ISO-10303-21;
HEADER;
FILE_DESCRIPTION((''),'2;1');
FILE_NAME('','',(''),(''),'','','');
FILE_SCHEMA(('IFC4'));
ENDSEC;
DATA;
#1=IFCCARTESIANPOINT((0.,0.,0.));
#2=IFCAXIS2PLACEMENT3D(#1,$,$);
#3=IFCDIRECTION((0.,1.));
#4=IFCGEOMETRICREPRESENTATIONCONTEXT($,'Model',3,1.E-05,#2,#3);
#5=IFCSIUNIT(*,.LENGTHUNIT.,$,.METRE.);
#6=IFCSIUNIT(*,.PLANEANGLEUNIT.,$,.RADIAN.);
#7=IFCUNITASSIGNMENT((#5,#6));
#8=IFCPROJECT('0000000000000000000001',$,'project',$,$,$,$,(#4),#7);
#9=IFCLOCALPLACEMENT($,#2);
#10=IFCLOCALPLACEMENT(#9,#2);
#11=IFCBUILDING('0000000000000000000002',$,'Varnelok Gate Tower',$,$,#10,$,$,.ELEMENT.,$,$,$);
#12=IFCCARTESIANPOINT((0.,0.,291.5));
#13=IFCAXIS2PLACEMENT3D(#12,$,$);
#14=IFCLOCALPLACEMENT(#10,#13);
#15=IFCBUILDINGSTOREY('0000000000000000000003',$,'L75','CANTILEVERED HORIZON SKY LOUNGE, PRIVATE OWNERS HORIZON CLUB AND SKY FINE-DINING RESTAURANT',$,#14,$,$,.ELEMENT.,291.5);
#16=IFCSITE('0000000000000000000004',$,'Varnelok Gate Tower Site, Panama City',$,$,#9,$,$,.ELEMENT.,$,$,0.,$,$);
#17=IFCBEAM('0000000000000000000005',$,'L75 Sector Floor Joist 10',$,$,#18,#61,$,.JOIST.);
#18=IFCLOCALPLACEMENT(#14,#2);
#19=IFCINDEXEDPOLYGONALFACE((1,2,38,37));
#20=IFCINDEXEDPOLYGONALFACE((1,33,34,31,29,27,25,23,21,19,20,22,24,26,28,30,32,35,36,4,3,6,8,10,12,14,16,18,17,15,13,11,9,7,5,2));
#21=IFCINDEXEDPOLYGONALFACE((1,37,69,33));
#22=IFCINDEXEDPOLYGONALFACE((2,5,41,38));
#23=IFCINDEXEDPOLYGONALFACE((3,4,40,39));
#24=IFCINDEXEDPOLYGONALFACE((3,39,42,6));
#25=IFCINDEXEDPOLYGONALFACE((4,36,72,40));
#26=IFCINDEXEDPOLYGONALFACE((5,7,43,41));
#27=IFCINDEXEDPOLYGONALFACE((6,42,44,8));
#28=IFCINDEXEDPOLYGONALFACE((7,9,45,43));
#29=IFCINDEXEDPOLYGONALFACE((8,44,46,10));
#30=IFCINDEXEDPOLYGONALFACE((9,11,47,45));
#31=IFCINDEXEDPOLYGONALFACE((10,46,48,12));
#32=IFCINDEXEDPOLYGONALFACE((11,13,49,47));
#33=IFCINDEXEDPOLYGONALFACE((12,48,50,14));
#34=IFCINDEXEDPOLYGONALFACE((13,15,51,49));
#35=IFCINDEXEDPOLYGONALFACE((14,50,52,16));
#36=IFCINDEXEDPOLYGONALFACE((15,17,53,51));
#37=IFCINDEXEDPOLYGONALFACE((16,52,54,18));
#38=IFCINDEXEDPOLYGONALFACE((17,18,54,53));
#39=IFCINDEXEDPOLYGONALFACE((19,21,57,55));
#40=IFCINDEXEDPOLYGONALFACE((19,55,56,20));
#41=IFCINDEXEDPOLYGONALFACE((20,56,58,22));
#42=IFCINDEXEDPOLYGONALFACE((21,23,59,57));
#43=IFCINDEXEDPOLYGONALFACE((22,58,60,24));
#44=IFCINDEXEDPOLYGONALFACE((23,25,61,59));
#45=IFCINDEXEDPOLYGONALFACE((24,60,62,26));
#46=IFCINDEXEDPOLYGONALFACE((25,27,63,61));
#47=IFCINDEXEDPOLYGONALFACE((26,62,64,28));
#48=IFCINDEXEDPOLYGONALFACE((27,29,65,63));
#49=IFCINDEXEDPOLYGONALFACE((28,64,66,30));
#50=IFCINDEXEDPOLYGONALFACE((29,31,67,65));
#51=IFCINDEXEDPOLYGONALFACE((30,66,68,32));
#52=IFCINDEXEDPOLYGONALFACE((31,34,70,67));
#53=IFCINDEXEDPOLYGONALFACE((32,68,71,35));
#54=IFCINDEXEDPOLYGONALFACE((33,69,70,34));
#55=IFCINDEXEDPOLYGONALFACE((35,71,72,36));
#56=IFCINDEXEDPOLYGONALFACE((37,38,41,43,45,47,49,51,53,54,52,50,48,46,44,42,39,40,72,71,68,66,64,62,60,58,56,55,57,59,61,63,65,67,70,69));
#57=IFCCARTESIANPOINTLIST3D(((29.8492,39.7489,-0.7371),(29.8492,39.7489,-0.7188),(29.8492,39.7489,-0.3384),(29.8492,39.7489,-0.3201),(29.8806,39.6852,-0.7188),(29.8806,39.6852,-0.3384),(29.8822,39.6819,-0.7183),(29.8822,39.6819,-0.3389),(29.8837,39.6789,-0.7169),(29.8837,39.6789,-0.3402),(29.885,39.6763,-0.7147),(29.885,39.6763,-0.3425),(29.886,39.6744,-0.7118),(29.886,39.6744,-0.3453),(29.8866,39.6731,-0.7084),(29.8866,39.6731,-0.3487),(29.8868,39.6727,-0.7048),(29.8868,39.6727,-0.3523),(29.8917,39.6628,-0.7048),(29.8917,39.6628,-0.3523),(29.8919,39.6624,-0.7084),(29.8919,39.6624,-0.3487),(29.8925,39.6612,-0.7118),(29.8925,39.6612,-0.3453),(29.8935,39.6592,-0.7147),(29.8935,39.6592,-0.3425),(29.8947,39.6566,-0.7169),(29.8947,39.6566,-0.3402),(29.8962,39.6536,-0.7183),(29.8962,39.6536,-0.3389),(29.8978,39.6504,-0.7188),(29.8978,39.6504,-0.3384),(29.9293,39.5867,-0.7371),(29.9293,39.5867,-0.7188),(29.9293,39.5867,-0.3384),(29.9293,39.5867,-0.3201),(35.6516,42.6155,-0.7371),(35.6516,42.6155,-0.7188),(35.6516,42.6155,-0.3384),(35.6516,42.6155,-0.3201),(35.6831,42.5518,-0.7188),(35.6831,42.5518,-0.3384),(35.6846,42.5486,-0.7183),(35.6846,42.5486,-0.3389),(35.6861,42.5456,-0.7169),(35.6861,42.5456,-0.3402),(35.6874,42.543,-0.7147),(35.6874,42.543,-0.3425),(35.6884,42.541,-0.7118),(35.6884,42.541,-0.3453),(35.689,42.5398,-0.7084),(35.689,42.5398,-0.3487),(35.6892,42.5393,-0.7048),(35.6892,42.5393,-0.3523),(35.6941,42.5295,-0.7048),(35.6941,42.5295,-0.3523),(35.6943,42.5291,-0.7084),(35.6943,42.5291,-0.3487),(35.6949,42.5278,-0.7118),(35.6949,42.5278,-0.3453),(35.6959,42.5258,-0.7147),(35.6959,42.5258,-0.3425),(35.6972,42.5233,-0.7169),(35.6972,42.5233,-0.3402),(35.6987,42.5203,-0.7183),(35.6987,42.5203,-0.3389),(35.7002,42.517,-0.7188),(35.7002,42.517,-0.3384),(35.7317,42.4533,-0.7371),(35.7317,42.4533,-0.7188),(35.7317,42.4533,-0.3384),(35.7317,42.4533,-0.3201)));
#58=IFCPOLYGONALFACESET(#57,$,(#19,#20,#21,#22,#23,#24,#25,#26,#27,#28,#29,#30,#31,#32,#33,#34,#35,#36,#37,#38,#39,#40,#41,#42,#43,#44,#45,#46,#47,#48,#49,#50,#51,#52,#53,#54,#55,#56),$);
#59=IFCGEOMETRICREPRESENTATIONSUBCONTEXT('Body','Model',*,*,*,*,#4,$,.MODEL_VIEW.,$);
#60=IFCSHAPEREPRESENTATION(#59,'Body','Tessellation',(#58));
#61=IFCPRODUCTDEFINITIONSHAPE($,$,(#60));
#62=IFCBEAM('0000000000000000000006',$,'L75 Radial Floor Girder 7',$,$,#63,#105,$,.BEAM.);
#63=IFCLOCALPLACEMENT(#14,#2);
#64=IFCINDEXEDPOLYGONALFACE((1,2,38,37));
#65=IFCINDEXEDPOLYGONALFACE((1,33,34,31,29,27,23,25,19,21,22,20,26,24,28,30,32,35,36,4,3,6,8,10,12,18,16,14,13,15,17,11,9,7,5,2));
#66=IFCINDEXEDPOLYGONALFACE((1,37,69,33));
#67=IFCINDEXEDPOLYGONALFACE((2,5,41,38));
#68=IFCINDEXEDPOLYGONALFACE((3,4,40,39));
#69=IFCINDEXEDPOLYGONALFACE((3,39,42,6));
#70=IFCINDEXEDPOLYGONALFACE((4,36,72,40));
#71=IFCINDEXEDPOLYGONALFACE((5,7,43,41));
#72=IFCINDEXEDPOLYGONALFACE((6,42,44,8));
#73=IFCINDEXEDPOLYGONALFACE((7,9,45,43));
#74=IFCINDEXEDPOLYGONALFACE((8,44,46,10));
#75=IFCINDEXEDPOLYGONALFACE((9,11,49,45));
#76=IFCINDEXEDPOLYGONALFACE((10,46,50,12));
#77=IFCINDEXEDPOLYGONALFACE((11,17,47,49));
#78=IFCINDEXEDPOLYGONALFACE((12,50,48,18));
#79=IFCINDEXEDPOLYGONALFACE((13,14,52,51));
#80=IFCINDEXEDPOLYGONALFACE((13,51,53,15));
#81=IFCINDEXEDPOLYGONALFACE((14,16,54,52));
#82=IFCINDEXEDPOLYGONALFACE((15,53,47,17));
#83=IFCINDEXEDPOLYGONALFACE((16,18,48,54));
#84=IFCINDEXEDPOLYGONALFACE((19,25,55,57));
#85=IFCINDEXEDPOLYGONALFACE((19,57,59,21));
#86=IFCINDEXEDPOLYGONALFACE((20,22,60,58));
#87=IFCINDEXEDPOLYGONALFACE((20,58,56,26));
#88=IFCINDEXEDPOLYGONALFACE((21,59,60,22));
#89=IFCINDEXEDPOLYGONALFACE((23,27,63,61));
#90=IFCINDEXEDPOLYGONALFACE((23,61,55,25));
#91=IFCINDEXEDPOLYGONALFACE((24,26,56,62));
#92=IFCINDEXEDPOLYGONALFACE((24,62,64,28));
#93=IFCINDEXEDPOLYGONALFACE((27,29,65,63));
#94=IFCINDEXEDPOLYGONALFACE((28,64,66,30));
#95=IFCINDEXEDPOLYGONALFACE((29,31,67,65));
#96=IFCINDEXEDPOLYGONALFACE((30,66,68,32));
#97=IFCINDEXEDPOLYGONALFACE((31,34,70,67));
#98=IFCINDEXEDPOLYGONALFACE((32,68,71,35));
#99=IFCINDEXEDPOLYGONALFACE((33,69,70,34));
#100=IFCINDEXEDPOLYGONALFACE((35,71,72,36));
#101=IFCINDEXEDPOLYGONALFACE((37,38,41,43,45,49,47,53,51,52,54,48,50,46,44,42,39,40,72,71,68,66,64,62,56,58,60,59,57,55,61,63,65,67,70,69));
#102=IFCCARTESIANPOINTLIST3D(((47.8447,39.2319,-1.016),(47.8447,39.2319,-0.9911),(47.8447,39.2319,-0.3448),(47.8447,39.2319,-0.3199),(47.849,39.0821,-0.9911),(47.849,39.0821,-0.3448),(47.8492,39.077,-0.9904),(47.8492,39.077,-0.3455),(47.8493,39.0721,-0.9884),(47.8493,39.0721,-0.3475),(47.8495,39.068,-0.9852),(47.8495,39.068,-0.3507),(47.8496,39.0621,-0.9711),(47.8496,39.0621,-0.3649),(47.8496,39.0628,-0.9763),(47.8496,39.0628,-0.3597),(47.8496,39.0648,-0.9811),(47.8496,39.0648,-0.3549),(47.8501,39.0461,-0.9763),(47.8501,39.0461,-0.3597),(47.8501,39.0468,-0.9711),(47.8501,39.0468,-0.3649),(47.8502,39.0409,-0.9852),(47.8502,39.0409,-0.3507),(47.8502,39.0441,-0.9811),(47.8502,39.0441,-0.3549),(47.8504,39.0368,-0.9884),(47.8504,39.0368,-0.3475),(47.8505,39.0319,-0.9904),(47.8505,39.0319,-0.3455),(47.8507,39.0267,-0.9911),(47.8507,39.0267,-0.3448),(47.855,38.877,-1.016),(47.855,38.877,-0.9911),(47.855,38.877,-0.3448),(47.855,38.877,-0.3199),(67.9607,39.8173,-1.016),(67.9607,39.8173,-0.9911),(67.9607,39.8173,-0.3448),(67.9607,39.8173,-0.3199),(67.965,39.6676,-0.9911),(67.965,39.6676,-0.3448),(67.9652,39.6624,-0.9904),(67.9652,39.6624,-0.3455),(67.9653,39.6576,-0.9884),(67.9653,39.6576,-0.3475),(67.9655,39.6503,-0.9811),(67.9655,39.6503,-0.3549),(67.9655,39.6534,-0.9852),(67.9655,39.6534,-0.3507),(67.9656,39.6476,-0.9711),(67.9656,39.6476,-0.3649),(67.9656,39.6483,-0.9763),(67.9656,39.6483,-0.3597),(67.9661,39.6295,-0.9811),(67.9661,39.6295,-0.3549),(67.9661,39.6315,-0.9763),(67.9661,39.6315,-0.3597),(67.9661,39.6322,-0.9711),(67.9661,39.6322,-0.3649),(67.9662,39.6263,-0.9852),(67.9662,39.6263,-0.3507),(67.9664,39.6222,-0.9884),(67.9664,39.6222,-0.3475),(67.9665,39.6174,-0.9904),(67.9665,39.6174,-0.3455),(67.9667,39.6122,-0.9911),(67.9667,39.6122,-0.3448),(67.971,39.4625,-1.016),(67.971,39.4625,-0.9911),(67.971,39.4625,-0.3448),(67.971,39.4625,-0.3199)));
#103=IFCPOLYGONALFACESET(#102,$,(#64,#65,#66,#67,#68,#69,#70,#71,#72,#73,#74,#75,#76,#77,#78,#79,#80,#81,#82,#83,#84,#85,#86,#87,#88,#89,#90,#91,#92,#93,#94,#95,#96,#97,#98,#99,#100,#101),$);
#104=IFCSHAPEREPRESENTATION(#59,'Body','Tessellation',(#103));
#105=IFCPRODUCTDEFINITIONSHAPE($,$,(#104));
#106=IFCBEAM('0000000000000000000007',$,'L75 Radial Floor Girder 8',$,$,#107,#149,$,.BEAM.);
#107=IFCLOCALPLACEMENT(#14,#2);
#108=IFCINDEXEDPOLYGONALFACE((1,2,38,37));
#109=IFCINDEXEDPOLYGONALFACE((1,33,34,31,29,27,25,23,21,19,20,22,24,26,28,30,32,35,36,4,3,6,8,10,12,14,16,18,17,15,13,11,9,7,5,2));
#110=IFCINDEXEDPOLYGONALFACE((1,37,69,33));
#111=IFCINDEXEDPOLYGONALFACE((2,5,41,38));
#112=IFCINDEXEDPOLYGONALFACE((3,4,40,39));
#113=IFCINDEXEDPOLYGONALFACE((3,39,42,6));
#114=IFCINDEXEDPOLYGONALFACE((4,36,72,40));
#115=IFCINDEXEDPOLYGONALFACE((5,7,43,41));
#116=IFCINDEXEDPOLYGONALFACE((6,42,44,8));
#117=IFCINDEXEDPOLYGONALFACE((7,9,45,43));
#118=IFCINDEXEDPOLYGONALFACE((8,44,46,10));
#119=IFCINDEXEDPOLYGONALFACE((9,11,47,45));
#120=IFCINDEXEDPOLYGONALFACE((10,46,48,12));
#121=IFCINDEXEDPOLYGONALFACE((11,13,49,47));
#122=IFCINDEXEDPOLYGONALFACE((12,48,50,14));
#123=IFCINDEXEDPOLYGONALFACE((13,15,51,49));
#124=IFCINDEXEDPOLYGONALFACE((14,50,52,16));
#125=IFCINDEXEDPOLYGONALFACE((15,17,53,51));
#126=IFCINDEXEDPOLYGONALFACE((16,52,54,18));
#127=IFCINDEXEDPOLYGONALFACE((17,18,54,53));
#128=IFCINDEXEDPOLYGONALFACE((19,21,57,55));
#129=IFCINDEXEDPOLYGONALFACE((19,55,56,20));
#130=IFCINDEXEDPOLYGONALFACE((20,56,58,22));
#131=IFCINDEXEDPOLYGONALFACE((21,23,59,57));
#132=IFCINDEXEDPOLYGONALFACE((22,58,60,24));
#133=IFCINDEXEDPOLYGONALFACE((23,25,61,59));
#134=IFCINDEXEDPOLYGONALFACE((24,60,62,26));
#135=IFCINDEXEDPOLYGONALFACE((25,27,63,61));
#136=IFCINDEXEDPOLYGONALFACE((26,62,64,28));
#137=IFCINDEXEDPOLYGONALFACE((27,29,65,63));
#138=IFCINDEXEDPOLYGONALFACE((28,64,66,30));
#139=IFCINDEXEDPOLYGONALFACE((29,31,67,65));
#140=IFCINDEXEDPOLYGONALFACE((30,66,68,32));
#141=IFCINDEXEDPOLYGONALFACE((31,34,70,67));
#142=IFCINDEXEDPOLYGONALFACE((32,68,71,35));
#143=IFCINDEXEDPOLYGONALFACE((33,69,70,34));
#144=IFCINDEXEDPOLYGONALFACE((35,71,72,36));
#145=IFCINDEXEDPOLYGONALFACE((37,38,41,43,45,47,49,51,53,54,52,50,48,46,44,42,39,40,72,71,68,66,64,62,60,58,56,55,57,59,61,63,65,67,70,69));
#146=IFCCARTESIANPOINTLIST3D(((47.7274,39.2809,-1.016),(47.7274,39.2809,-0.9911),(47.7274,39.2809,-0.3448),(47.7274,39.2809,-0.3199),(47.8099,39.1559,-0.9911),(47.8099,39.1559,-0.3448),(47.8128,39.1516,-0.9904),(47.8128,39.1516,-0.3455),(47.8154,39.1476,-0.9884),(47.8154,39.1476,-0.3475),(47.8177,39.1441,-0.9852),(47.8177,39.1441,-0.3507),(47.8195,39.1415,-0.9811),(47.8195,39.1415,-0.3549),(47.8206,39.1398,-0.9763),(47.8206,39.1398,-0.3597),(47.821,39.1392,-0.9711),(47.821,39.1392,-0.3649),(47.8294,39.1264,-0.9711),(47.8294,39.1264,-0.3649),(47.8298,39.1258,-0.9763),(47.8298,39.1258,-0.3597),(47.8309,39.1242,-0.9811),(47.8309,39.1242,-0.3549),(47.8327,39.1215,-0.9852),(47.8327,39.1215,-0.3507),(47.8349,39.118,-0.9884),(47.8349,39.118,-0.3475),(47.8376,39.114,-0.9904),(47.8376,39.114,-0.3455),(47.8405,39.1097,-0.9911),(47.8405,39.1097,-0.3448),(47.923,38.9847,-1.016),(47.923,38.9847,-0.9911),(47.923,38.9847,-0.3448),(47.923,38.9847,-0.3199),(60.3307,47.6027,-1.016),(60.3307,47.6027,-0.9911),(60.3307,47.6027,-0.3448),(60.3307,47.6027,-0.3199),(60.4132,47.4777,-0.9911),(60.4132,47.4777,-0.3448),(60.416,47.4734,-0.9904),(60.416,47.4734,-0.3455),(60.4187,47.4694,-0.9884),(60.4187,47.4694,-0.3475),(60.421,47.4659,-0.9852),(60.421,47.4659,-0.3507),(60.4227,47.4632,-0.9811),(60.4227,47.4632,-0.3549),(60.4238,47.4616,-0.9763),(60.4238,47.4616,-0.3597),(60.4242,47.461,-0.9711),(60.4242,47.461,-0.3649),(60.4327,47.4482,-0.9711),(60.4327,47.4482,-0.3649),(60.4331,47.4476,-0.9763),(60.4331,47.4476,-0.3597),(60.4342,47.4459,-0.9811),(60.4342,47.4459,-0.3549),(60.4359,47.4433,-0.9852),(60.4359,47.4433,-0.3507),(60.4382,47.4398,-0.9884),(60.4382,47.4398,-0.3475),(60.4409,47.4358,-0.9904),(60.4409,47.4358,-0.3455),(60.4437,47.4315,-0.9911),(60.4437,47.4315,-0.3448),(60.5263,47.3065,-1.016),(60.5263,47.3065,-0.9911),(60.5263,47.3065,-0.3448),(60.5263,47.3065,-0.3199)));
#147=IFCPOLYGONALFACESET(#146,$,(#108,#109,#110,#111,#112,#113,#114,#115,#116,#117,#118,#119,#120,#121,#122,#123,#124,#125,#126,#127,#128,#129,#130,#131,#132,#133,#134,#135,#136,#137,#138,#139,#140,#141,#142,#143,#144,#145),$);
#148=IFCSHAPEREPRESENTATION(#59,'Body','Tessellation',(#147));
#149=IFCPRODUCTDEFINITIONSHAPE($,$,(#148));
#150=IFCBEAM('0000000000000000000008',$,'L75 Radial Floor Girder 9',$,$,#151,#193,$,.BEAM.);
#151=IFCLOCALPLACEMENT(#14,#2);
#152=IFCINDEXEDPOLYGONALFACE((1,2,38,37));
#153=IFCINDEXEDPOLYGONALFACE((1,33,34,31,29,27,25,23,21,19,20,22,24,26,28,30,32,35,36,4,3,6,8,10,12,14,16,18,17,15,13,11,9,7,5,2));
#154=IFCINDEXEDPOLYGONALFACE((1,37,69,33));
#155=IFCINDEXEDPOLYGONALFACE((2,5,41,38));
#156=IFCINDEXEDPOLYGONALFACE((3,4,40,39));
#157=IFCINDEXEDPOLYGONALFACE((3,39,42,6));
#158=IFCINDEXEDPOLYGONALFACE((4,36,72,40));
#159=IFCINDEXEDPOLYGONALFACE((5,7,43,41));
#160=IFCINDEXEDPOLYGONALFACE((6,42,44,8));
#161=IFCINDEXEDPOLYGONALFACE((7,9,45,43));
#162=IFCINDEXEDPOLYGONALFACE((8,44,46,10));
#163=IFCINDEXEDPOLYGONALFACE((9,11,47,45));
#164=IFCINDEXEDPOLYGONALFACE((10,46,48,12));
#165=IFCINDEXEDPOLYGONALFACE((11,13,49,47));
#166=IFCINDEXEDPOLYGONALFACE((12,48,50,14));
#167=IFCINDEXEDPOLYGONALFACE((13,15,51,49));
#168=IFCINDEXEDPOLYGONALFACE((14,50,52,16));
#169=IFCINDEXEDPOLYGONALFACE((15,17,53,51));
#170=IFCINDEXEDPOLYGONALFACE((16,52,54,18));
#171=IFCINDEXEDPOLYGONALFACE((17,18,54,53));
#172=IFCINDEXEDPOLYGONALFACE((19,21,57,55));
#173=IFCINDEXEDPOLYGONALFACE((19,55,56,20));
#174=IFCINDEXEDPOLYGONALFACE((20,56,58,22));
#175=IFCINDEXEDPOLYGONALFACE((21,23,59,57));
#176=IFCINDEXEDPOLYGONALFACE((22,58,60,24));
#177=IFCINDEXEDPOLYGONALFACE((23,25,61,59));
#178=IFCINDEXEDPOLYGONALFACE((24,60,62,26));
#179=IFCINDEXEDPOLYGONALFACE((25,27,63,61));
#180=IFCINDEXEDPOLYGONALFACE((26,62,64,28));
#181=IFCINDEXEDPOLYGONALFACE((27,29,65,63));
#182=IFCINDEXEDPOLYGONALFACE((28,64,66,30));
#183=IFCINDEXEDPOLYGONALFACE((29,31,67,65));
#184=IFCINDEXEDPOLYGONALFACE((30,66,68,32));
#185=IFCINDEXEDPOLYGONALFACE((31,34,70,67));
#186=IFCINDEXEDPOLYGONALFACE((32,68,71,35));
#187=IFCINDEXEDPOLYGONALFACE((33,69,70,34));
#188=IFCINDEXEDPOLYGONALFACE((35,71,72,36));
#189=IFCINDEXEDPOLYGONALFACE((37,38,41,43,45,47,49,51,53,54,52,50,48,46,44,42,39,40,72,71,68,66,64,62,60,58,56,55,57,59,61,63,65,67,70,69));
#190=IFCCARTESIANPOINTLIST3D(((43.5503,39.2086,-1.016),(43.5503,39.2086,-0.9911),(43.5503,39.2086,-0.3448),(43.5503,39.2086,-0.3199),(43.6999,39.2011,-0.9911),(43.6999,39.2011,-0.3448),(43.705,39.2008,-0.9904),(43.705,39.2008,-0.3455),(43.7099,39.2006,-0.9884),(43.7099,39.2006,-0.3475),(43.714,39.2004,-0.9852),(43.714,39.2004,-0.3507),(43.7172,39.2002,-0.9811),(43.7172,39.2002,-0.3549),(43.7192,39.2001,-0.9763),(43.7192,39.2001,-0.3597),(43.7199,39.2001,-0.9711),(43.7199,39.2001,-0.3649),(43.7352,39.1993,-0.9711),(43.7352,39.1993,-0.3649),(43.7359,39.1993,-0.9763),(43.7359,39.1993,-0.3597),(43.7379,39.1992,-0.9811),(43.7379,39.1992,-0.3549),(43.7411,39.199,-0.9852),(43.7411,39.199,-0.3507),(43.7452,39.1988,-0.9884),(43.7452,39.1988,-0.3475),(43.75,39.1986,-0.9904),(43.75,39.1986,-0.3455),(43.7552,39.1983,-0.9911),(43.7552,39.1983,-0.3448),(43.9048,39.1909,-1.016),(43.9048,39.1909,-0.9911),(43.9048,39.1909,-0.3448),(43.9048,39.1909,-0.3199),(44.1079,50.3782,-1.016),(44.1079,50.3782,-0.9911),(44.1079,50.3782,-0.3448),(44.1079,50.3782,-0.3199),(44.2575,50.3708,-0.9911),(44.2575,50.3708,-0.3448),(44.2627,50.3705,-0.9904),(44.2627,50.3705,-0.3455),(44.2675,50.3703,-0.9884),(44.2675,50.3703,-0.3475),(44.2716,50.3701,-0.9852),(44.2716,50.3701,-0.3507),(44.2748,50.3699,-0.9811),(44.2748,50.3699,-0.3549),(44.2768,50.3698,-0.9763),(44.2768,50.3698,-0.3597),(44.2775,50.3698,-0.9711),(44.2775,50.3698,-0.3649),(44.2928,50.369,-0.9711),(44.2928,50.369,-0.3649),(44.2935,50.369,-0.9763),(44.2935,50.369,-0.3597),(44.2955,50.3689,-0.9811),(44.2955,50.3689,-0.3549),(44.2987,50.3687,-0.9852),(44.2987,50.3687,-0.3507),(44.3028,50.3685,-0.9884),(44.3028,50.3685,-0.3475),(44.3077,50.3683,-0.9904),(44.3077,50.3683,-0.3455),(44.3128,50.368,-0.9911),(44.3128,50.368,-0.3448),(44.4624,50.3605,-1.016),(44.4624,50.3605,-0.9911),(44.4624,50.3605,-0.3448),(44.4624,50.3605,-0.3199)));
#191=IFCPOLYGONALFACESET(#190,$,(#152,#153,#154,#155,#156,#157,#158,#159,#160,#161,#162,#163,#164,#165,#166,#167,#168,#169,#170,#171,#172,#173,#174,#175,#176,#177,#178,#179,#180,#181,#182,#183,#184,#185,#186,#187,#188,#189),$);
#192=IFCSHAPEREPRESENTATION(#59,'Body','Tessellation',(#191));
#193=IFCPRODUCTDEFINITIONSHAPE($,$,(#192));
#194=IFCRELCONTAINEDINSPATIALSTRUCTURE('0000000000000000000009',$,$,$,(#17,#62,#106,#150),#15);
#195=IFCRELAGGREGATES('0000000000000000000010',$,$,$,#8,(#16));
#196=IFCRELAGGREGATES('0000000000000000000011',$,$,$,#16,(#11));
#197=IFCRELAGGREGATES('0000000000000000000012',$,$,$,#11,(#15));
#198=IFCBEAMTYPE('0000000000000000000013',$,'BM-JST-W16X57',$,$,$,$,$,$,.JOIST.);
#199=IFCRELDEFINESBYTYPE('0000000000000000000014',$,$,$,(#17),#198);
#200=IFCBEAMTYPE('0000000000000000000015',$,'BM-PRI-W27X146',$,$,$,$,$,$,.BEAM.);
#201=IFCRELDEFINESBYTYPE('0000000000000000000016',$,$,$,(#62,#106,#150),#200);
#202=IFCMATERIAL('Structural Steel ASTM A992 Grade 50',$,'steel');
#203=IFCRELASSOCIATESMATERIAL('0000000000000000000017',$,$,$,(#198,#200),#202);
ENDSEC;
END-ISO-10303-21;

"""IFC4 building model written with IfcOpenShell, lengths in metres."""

from ifc_helpers import new_model, si_unit, direction, frame, origin, origin_2d, place, context, subcontext, project, spatial, i_section, extrude, material, material_profile, profile_set, type_object, element, save


model = new_model("IFC4")

# Units and contexts
model_context = context("Model", 3, precision=1e-05, world=origin(), true_north=direction((0.0, 1.0)))
body_context = subcontext(model_context, "Body", "Model", "MODEL_VIEW")
ifc_project = project(units=[si_unit("LENGTHUNIT", "METRE"), si_unit("PLANEANGLEUNIT", "RADIAN")], contexts=[model_context])

# Site, building, storey
site_placement = place(None, origin())
site = spatial("IfcSite", under=ifc_project, at=site_placement, Name="Varnelok Gate Tower Site, Panama City", CompositionType="ELEMENT", RefElevation=0.0)
building_placement = place(site_placement, origin())
building = spatial("IfcBuilding", under=site, at=building_placement, Name="Varnelok Gate Tower", CompositionType="ELEMENT")
storey_placement = place(building_placement, frame((0.0, 0.0, 291.5)))
storey = spatial("IfcBuildingStorey", under=building, at=storey_placement, Name="L75", Description="CANTILEVERED HORIZON SKY LOUNGE, PRIVATE OWNERS HORIZON CLUB AND SKY FINE-DINING RESTAURANT", CompositionType="ELEMENT", Elevation=291.5)

# Shared definitions
ifc_material_1 = material(Name="Structural Steel ASTM A992 Grade 50", Category="steel")

# Beams
ifc_material_profile_1 = material_profile(ifc_material_1, i_section(OverallWidth=0.1809, OverallDepth=0.417, WebThickness=0.011, FlangeThickness=0.0183, FilletRadius=0.0139, at=origin_2d()), Name="W16X57")
ifc_profile_set_1 = profile_set([ifc_material_profile_1], Name="Structural Steel ASTM A992 Grade 50")
beam_type_1 = type_object("IfcBeamType", Name="BM-JST-W16X57", PredefinedType="JOIST", material=ifc_profile_set_1)
beam_1_placement = place(storey_placement, frame((35.6917, 42.5344, -0.5286), z_axis=(-0.896552, -0.442938, 0.0), x_axis=(0.442938, -0.896552, 0.0)))
element("IfcBeam", 1, at=beam_1_placement, inside=storey, type_object=beam_type_1, Name="L75 Sector Floor Joist 10", PredefinedType="JOIST", context=body_context, shape_type="SweptSolid", body=[
    extrude(i_section(OverallWidth=0.1809, OverallDepth=0.417, WebThickness=0.011, FlangeThickness=0.0183, FilletRadius=0.0139, at=origin_2d()), origin(), (0.0, 0.0, 1.0), 6.4719),
])
ifc_material_profile_2 = material_profile(ifc_material_1, i_section(OverallWidth=0.355, OverallDepth=0.696, WebThickness=0.0154, FlangeThickness=0.0249, FilletRadius=0.02, at=origin_2d()), Name="W27X146")
ifc_profile_set_2 = profile_set([ifc_material_profile_2], Name="Structural Steel ASTM A992 Grade 50")
beam_type_2 = type_object("IfcBeamType", Name="BM-PRI-W27X146", PredefinedType="BEAM", material=ifc_profile_set_2)
beam_2_placement = place(storey_placement, frame((47.8499, 39.0544, -0.668), z_axis=(0.999577, 0.029091, 0.0), x_axis=(-0.029091, 0.999577, 0.0)))
element("IfcBeam", 2, at=beam_2_placement, inside=storey, type_object=beam_type_2, Name="L75 Radial Floor Girder 7", PredefinedType="BEAM", context=body_context, shape_type="SweptSolid", body=[
    extrude(i_section(OverallWidth=0.355, OverallDepth=0.696, WebThickness=0.0154, FlangeThickness=0.0249, FilletRadius=0.02, at=origin_2d()), origin(), (0.0, 0.0, 1.0), 20.1245),
])
beam_3_placement = place(storey_placement, frame((47.8252, 39.1328, -0.668), z_axis=(0.834499, 0.551009, 0.0), x_axis=(-0.551009, 0.834499, 0.0)))
element("IfcBeam", 3, at=beam_3_placement, inside=storey, type_object=beam_type_2, Name="L75 Radial Floor Girder 8", PredefinedType="BEAM", context=body_context, shape_type="SweptSolid", body=[
    extrude(i_section(OverallWidth=0.355, OverallDepth=0.696, WebThickness=0.0154, FlangeThickness=0.0249, FilletRadius=0.02, at=origin_2d()), origin(), (0.0, 0.0, 1.0), 15.1028),
])
beam_4_placement = place(storey_placement, frame((43.7275, 39.1997, -0.668), z_axis=(0.04986, 0.998756, 0.0), x_axis=(-0.998756, 0.04986, 0.0)))
element("IfcBeam", 4, at=beam_4_placement, inside=storey, type_object=beam_type_2, Name="L75 Radial Floor Girder 9", PredefinedType="BEAM", context=body_context, shape_type="SweptSolid", body=[
    extrude(i_section(OverallWidth=0.355, OverallDepth=0.696, WebThickness=0.0154, FlangeThickness=0.0249, FilletRadius=0.02, at=origin_2d()), origin(), (0.0, 0.0, 1.0), 11.1836),
])

save(model, "model.ifc")
